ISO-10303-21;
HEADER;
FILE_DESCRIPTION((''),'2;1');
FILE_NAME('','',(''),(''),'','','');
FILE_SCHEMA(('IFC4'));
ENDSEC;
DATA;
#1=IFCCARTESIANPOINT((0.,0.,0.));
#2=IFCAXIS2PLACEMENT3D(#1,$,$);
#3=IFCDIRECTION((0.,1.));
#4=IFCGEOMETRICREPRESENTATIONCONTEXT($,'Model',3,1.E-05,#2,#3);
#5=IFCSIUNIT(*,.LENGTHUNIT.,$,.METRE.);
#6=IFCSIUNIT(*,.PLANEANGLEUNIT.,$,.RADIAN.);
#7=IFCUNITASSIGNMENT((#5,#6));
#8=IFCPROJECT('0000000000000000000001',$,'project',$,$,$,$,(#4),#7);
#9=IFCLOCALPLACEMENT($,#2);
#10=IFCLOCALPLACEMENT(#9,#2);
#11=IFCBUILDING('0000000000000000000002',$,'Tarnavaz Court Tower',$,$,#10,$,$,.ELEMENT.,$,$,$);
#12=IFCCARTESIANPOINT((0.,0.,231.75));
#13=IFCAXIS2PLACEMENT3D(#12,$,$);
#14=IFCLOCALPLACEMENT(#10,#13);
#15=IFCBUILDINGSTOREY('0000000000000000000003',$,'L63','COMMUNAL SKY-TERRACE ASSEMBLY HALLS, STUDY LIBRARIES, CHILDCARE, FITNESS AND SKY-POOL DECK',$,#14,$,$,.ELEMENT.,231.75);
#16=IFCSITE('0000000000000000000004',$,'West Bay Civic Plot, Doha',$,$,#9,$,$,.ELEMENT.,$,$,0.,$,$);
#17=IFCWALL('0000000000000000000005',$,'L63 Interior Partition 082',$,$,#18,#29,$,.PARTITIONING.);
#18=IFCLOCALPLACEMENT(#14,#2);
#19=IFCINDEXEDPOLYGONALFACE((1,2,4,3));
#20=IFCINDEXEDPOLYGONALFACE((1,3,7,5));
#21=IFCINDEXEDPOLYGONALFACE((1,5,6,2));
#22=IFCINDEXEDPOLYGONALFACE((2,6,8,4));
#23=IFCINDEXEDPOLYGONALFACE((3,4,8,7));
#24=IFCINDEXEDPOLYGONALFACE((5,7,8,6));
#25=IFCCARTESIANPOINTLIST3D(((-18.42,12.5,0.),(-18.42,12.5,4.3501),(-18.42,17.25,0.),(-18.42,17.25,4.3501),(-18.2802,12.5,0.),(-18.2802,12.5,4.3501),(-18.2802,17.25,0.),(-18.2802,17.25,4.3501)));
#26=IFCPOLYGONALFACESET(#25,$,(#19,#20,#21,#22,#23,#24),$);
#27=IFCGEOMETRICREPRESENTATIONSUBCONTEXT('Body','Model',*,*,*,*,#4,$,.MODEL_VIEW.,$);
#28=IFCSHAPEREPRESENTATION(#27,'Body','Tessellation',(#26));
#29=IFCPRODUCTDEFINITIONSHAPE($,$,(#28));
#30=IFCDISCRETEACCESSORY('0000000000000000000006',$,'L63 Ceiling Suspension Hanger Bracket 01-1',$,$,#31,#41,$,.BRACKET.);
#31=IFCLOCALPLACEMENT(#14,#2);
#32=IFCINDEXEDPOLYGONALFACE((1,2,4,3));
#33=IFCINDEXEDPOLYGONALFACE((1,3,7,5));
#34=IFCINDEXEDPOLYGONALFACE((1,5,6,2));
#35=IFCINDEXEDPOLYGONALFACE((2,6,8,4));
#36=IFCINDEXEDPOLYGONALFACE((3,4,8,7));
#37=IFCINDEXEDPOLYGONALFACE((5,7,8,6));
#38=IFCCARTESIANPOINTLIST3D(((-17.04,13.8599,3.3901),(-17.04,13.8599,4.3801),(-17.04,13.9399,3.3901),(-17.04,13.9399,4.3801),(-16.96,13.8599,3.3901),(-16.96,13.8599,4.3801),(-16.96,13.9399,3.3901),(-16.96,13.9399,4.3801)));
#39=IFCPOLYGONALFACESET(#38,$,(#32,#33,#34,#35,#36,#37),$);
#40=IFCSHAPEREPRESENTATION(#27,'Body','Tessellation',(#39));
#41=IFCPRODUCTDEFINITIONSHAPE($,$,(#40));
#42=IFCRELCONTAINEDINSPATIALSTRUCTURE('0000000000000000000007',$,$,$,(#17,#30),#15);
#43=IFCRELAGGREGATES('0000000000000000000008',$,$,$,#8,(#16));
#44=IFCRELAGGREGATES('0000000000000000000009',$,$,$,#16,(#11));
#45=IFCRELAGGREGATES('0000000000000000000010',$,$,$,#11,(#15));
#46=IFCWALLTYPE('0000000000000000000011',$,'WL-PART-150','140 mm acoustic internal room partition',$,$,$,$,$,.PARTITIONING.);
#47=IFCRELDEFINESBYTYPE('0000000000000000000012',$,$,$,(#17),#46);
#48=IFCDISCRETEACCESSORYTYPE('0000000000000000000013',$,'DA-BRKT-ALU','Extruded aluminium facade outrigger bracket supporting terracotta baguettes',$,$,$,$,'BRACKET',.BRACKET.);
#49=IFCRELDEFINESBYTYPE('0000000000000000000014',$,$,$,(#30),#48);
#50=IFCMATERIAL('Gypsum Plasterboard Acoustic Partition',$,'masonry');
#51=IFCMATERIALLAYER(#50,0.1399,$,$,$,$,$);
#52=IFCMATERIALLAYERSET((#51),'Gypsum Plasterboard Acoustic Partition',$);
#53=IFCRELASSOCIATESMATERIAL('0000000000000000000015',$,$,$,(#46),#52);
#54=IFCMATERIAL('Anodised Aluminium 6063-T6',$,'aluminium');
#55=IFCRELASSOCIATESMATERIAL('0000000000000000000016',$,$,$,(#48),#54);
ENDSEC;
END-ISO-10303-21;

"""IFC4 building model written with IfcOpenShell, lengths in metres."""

from ifc_helpers import new_model, si_unit, direction, frame, frame_2d, origin, origin_2d, place, context, subcontext, project, spatial, rectangle, extrude, material, layer, layer_set, type_object, element, save


model = new_model("IFC4")

# Units and contexts
model_context = context("Model", 3, precision=1e-05, world=origin(), true_north=direction((0.0, 1.0)))
body_context = subcontext(model_context, "Body", "Model", "MODEL_VIEW")
ifc_project = project(units=[si_unit("LENGTHUNIT", "METRE"), si_unit("PLANEANGLEUNIT", "RADIAN")], contexts=[model_context])

# Site, building, storey
site_placement = place(None, origin())
site = spatial("IfcSite", under=ifc_project, at=site_placement, Name="West Bay Civic Plot, Doha", CompositionType="ELEMENT", RefElevation=0.0)
building_placement = place(site_placement, origin())
building = spatial("IfcBuilding", under=site, at=building_placement, Name="Tarnavaz Court Tower", CompositionType="ELEMENT")
storey_placement = place(building_placement, frame((0.0, 0.0, 231.75)))
storey = spatial("IfcBuildingStorey", under=building, at=storey_placement, Name="L63", Description="COMMUNAL SKY-TERRACE ASSEMBLY HALLS, STUDY LIBRARIES, CHILDCARE, FITNESS AND SKY-POOL DECK", CompositionType="ELEMENT", Elevation=231.75)

# Shared definitions
ifc_material_1 = material(Name="Anodised Aluminium 6063-T6", Category="aluminium")

# Wall
ifc_material_2 = material(Name="Gypsum Plasterboard Acoustic Partition", Category="masonry")
ifc_layer_1 = layer(ifc_material_2, 0.1399)
ifc_layer_set_1 = layer_set([ifc_layer_1], Name="Gypsum Plasterboard Acoustic Partition")
wall_type_1 = type_object("IfcWallType", Name="WL-PART-150", Description="140 mm acoustic internal room partition", PredefinedType="PARTITIONING", material=ifc_layer_set_1)
wall_1_placement = place(storey_placement, frame((-18.3501, 12.5, 0.0), z_axis=(0.0, 0.0, 1.0), x_axis=(0.0, 1.0, 0.0)))
element("IfcWall", 1, at=wall_1_placement, inside=storey, type_object=wall_type_1, Name="L63 Interior Partition 082", PredefinedType="PARTITIONING", context=body_context, shape_type="SweptSolid", body=[
    extrude(rectangle(XDim=4.75, YDim=0.1399, at=frame_2d((2.375, 0.0))), origin(), (0.0, 0.0, 1.0), 4.3501),
])

# Discrete accessory
discrete_accessory_type = type_object("IfcDiscreteAccessoryType", Name="DA-BRKT-ALU", Description="Extruded aluminium facade outrigger bracket supporting terracotta baguettes", ElementType="BRACKET", PredefinedType="BRACKET", material=ifc_material_1)
discrete_accessory_placement = place(storey_placement, frame((-17.0, 13.8999, 3.3901), z_axis=(0.0, 0.0, 1.0), x_axis=(1.0, 0.0, 0.0)))
element("IfcDiscreteAccessory", 2, at=discrete_accessory_placement, inside=storey, type_object=discrete_accessory_type, Name="L63 Ceiling Suspension Hanger Bracket 01-1", PredefinedType="BRACKET", context=body_context, shape_type="SweptSolid", body=[
    extrude(rectangle(XDim=0.0801, YDim=0.0801, at=origin_2d()), origin(), (0.0, 0.0, 1.0), 0.99),
])

save(model, "model.ifc")
